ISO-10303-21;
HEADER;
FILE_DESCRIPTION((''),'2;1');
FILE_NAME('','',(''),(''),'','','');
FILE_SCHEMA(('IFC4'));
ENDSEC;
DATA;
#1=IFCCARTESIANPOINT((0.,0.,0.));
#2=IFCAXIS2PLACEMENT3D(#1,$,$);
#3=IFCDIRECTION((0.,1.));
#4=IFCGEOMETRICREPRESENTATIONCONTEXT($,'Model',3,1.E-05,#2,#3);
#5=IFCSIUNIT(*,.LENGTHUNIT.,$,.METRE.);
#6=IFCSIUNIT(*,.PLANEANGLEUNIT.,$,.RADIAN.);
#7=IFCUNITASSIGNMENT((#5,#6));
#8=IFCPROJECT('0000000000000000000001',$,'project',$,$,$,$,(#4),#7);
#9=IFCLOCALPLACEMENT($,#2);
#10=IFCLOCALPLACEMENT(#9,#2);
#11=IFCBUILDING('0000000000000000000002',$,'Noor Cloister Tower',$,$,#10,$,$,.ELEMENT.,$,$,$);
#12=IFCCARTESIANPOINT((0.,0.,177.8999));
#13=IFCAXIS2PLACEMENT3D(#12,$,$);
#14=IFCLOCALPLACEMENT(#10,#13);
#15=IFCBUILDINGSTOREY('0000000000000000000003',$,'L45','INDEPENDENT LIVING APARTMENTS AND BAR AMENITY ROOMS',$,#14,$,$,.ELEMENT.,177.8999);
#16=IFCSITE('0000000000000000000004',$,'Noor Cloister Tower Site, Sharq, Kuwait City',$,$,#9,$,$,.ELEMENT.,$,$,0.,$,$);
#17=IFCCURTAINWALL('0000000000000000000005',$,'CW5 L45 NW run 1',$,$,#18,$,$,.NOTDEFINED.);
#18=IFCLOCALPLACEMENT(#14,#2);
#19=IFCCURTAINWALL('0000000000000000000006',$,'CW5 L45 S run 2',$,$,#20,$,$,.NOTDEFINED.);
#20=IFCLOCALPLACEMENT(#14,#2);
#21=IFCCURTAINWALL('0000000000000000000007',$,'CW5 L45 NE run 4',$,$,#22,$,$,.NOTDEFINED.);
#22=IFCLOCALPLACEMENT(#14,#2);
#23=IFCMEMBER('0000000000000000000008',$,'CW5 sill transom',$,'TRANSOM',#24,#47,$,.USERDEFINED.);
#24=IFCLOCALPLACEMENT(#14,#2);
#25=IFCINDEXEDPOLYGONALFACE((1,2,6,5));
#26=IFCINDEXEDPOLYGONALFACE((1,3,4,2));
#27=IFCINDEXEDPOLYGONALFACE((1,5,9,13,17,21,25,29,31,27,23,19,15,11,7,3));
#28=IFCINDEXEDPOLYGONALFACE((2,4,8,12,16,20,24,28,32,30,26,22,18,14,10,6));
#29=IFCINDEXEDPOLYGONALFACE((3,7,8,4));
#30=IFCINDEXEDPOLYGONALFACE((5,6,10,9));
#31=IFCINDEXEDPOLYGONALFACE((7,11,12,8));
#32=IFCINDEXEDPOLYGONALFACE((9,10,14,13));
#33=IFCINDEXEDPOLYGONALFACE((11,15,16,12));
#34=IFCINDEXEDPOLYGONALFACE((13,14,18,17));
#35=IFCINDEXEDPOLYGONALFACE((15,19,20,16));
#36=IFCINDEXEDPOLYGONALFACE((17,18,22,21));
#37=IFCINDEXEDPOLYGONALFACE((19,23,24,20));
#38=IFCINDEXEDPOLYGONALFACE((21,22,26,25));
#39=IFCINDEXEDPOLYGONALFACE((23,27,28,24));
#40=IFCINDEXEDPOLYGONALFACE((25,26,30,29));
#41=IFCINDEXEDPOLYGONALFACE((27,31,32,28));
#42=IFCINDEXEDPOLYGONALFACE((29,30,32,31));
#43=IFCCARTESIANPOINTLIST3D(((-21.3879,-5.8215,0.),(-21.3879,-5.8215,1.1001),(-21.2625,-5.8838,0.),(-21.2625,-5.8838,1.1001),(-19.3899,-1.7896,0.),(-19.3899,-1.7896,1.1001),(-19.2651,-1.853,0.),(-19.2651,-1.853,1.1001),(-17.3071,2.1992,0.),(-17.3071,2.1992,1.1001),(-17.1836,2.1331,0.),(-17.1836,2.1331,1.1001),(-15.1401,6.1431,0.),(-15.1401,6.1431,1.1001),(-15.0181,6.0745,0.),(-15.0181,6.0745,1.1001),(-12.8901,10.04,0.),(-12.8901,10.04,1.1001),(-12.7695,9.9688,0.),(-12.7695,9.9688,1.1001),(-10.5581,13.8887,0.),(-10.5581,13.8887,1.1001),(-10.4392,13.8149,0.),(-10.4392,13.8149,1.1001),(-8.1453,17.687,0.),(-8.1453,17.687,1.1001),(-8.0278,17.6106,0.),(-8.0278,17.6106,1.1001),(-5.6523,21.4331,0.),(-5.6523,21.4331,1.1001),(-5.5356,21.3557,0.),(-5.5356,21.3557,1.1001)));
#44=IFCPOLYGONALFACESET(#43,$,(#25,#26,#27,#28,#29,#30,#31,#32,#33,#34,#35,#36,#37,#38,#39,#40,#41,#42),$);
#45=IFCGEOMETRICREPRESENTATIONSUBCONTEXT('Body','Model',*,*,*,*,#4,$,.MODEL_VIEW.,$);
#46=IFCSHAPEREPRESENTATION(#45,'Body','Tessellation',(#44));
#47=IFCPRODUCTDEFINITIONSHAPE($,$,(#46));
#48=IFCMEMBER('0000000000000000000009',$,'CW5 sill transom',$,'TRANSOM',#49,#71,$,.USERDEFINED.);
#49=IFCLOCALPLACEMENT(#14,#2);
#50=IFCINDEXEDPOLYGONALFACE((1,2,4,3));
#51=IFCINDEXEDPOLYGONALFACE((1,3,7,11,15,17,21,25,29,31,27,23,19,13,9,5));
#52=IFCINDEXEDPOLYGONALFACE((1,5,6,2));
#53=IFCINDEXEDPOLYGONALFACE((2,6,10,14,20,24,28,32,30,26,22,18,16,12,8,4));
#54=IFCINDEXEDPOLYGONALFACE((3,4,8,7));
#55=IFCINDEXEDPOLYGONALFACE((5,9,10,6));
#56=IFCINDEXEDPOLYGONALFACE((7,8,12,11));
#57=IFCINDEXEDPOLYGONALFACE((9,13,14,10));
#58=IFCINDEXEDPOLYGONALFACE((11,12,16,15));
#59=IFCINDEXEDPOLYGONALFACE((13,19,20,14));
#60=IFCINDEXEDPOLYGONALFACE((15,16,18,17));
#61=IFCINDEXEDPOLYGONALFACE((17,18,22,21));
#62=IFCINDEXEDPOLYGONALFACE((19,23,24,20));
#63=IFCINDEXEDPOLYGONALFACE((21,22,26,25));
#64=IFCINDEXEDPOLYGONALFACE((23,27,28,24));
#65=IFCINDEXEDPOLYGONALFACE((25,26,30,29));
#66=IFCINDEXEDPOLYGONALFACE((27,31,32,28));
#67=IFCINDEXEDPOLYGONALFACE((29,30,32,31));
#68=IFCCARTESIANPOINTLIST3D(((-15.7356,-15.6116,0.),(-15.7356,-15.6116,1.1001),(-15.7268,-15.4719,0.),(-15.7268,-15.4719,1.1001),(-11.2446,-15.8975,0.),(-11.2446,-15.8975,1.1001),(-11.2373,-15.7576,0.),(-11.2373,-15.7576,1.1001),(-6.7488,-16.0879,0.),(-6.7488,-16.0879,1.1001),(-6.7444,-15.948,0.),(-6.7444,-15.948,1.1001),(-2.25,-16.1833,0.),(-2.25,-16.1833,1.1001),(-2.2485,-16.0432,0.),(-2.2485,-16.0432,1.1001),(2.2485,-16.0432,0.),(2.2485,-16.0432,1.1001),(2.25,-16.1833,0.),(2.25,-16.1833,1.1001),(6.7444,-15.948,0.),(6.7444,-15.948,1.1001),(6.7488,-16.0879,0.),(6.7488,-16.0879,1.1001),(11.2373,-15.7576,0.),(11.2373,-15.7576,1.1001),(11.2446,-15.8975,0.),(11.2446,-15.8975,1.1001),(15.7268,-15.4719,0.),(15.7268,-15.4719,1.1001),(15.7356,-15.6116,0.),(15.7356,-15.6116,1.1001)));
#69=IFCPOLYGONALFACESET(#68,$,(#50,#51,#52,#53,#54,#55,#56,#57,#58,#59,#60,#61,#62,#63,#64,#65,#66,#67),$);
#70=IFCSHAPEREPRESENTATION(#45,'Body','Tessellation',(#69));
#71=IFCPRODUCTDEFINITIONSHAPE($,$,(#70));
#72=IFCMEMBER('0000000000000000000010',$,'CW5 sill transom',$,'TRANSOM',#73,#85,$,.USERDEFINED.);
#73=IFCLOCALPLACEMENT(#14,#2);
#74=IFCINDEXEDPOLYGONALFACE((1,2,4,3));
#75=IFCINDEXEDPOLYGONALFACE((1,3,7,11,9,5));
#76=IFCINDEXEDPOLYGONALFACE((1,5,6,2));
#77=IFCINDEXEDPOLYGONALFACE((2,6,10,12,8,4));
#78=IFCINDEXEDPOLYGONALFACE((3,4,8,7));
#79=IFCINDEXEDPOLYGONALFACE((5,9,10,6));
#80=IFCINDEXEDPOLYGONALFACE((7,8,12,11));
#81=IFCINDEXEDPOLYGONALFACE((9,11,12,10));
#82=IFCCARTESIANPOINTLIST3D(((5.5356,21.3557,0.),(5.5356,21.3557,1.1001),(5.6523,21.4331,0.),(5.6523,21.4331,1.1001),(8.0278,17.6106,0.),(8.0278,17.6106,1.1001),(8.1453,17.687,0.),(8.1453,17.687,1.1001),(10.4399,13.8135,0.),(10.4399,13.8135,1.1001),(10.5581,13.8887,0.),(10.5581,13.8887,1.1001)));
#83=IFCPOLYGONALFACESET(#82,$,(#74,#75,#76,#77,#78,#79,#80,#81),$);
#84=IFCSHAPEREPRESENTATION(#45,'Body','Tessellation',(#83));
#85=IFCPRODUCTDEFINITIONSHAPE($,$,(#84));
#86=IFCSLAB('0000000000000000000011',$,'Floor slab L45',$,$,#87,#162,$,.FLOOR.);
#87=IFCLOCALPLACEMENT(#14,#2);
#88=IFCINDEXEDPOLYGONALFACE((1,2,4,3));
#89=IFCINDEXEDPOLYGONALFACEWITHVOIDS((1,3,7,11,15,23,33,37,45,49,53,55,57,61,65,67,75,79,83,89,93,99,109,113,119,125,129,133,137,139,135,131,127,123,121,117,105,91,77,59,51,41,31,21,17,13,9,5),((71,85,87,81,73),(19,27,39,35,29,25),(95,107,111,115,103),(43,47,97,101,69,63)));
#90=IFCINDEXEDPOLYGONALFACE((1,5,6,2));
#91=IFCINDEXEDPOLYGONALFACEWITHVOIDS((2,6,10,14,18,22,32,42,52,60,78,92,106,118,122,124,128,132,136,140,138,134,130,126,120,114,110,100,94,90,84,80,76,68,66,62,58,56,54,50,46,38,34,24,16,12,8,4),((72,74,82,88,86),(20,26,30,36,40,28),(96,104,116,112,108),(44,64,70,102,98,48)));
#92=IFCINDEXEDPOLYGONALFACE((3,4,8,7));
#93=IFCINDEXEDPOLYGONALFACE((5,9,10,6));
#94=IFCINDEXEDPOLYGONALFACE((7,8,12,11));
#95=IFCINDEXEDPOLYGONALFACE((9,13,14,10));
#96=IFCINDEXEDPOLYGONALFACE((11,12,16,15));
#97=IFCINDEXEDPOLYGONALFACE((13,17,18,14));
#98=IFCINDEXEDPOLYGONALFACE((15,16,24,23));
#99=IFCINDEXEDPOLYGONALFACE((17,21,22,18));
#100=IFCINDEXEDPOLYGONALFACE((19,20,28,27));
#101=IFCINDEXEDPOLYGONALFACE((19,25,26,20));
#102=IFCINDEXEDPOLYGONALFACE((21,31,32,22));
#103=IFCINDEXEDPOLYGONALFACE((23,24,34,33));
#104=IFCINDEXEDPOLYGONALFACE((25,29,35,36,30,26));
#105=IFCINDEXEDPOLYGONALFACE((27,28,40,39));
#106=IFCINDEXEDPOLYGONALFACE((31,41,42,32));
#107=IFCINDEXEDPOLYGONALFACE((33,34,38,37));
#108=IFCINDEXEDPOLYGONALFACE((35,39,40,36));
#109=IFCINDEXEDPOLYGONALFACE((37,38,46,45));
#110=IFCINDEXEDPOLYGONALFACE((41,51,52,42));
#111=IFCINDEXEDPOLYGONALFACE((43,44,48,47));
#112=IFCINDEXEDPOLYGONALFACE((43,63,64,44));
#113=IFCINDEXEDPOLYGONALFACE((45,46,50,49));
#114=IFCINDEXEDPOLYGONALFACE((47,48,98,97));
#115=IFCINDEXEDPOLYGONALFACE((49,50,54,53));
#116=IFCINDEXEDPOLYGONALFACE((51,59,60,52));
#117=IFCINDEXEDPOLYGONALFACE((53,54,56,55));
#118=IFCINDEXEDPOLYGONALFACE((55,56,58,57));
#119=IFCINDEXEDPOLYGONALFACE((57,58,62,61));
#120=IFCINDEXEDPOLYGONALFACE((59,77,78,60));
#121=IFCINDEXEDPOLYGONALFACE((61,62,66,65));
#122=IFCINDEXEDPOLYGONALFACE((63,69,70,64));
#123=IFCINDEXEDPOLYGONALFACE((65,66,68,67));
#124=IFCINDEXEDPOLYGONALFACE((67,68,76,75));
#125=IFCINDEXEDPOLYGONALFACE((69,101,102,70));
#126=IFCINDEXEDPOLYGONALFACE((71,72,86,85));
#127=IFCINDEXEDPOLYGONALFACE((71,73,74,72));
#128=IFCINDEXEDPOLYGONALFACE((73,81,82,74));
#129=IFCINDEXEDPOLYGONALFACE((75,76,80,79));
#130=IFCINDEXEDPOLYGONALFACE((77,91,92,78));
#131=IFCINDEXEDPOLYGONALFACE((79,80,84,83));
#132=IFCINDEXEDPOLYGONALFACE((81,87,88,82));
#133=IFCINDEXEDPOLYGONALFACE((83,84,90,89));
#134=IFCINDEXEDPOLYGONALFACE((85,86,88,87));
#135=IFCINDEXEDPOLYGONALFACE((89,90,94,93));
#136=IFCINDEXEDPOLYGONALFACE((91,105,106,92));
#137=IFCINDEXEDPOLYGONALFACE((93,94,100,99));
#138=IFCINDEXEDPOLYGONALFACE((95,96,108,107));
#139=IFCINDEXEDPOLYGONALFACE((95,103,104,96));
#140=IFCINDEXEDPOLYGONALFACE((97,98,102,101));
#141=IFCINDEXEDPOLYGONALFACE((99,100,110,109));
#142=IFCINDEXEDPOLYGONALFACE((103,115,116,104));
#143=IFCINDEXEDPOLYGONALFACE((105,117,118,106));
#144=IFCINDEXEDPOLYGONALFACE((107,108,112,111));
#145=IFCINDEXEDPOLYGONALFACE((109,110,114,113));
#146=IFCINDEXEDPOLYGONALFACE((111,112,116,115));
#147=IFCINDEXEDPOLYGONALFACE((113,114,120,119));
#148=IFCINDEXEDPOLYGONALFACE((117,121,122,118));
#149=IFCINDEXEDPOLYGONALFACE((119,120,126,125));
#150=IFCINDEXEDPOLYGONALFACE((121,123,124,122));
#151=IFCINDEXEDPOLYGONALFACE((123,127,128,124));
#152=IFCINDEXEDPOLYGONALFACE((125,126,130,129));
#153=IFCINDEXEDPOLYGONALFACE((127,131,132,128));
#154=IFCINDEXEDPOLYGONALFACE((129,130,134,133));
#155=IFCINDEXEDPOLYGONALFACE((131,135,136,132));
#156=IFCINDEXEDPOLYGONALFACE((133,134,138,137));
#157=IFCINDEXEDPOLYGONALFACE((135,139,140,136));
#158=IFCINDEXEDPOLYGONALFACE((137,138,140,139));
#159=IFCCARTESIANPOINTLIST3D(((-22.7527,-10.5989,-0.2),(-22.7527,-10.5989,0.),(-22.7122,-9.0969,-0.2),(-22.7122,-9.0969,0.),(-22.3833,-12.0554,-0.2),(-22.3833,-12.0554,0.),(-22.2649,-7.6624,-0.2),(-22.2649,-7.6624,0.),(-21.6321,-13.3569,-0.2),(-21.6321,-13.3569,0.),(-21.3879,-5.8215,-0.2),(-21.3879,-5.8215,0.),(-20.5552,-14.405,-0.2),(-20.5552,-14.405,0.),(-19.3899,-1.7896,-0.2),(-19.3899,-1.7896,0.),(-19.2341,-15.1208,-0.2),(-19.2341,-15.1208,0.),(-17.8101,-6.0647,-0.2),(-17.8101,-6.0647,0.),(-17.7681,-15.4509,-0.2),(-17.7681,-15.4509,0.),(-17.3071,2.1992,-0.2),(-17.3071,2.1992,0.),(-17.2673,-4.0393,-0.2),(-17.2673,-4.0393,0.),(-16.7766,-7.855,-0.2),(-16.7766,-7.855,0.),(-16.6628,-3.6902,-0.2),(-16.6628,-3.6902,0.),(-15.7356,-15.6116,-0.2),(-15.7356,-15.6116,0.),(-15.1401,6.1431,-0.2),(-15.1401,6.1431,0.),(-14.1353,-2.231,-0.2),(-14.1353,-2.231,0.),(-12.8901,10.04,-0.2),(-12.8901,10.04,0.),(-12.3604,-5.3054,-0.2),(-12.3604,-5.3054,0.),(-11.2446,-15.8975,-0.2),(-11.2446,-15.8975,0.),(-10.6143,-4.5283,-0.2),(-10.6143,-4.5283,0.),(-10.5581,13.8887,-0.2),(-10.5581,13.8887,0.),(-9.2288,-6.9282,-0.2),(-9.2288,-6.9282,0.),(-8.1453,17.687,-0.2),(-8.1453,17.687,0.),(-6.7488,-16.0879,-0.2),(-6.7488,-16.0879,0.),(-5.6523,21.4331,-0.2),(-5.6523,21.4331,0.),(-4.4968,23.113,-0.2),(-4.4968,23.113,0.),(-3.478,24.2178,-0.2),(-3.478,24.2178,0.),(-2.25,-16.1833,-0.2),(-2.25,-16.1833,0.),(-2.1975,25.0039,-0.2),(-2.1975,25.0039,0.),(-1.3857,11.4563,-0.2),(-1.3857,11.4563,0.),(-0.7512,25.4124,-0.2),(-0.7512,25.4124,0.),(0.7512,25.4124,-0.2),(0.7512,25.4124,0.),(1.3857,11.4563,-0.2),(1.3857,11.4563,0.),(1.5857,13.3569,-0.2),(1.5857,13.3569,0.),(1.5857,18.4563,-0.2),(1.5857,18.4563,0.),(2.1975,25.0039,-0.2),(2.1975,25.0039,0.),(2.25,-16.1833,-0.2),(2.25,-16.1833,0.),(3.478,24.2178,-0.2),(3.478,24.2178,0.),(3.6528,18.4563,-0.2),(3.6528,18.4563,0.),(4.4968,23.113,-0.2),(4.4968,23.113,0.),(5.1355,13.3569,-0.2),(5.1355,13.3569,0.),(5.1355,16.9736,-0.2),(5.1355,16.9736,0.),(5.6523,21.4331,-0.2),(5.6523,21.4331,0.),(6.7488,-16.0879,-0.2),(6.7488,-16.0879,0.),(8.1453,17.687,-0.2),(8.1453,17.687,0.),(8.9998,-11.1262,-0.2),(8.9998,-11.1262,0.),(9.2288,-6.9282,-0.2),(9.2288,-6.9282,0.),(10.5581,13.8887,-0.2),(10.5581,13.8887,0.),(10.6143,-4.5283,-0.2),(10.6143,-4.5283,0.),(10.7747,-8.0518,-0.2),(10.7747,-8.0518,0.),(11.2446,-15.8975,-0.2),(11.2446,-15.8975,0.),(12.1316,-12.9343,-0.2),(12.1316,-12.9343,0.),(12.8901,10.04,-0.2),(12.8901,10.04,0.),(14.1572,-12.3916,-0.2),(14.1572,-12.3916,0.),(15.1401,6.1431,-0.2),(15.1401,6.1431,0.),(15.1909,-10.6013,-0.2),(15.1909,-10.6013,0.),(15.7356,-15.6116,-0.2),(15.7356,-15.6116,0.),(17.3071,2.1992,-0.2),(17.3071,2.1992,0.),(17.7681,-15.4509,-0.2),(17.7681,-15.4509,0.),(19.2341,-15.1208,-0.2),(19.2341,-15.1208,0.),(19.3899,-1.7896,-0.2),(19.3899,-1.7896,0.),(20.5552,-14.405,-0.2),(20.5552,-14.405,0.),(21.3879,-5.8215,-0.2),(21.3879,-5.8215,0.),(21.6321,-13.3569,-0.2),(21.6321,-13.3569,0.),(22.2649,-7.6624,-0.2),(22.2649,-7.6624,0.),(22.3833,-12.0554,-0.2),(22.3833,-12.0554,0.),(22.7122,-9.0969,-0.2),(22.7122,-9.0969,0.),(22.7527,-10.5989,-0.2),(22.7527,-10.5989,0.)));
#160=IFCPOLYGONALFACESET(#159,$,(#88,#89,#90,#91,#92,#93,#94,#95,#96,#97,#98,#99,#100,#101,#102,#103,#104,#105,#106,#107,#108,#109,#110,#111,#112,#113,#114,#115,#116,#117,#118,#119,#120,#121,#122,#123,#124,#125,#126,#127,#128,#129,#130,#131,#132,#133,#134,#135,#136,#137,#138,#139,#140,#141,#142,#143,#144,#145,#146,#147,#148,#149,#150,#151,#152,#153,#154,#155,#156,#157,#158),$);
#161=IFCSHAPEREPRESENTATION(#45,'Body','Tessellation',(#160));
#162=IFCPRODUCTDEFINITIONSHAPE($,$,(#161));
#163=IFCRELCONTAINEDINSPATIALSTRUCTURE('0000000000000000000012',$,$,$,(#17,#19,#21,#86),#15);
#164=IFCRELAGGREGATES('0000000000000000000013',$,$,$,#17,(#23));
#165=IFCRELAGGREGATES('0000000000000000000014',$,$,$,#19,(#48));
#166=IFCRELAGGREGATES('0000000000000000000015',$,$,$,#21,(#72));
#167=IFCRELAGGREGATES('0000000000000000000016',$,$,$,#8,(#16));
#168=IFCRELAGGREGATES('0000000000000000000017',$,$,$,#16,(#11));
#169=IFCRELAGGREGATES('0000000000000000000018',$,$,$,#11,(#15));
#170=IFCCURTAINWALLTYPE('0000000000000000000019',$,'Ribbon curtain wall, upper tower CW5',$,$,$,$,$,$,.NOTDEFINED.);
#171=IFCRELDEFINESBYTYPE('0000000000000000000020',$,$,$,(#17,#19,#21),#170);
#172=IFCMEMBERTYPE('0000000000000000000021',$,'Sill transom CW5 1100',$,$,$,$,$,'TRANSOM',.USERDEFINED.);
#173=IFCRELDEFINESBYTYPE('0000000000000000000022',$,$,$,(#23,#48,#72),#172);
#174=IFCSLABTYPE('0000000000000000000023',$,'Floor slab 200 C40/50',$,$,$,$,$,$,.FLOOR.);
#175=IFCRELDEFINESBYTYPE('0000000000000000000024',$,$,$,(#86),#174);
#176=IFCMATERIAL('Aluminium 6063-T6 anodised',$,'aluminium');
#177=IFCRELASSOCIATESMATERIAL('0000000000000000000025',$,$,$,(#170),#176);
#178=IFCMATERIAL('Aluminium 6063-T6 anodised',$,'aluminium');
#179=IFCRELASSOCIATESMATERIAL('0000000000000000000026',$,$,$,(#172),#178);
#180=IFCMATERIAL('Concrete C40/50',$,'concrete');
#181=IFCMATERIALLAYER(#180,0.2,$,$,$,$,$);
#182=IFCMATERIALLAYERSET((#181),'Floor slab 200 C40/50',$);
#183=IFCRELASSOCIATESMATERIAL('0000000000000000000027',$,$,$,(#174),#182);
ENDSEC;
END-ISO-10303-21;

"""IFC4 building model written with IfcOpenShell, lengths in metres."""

from ifc_helpers import new_model, si_unit, direction, frame, origin, place, context, subcontext, project, spatial, polyline, outline, extrude, material, layer, layer_set, type_object, element, aggregate, save


model = new_model("IFC4")

# Units and contexts
model_context = context("Model", 3, precision=1e-05, world=origin(), true_north=direction((0.0, 1.0)))
body_context = subcontext(model_context, "Body", "Model", "MODEL_VIEW")
ifc_project = project(units=[si_unit("LENGTHUNIT", "METRE"), si_unit("PLANEANGLEUNIT", "RADIAN")], contexts=[model_context])

# Site, building, storey
site_placement = place(None, origin())
site = spatial("IfcSite", under=ifc_project, at=site_placement, Name="Noor Cloister Tower Site, Sharq, Kuwait City", CompositionType="ELEMENT", RefElevation=0.0)
building_placement = place(site_placement, origin())
building = spatial("IfcBuilding", under=site, at=building_placement, Name="Noor Cloister Tower", CompositionType="ELEMENT")
storey_placement = place(building_placement, frame((0.0, 0.0, 177.8999)))
storey = spatial("IfcBuildingStorey", under=building, at=storey_placement, Name="L45", Description="INDEPENDENT LIVING APARTMENTS AND BAR AMENITY ROOMS", CompositionType="ELEMENT", Elevation=177.8999)

# Curtain walls
ifc_material_1 = material(Name="Aluminium 6063-T6 anodised", Category="aluminium")
curtain_wall_type_1 = type_object("IfcCurtainWallType", Name="Ribbon curtain wall, upper tower CW5", PredefinedType="NOTDEFINED", material=ifc_material_1)
curtain_wall_1_placement = place(storey_placement, origin())
curtain_wall_1 = element("IfcCurtainWall", 1, at=curtain_wall_1_placement, inside=storey, type_object=curtain_wall_type_1, Name="CW5 L45 NW run 1", PredefinedType="NOTDEFINED")
curtain_wall_2_placement = place(storey_placement, origin())
curtain_wall_2 = element("IfcCurtainWall", 2, at=curtain_wall_2_placement, inside=storey, type_object=curtain_wall_type_1, Name="CW5 L45 S run 2", PredefinedType="NOTDEFINED")
curtain_wall_3_placement = place(storey_placement, origin())
curtain_wall_3 = element("IfcCurtainWall", 3, at=curtain_wall_3_placement, inside=storey, type_object=curtain_wall_type_1, Name="CW5 L45 NE run 4", PredefinedType="NOTDEFINED")

# Members
ifc_material_2 = material(Name="Aluminium 6063-T6 anodised", Category="aluminium")
member_type_1 = type_object("IfcMemberType", Name="Sill transom CW5 1100", ElementType="TRANSOM", PredefinedType="USERDEFINED", material=ifc_material_2)
member_1_placement = place(storey_placement, origin())
member_1 = element("IfcMember", 4, at=member_1_placement, type_object=member_type_1, Name="CW5 sill transom", ObjectType="TRANSOM", PredefinedType="USERDEFINED", context=body_context, shape_type="SweptSolid", body=[
    extrude(outline(polyline([(-5.6523, 21.4331), (-8.1453, 17.687), (-10.5581, 13.8887), (-12.8901, 10.04), (-15.1401, 6.1431), (-17.3071, 2.1992), (-19.3899, -1.7896), (-21.3879, -5.8215), (-21.2625, -5.8838), (-19.2651, -1.853), (-17.1836, 2.1331), (-15.0181, 6.0745), (-12.7695, 9.9688), (-10.4392, 13.8149), (-8.0278, 17.6106), (-5.5356, 21.3557), (-5.6523, 21.4331)])), origin(), (0.0, 0.0, 1.0), 1.1001),
])
aggregate(curtain_wall_1, [member_1])
member_2_placement = place(storey_placement, origin())
member_2 = element("IfcMember", 5, at=member_2_placement, type_object=member_type_1, Name="CW5 sill transom", ObjectType="TRANSOM", PredefinedType="USERDEFINED", context=body_context, shape_type="SweptSolid", body=[
    extrude(outline(polyline([(-15.7356, -15.6116), (-11.2446, -15.8975), (-6.7488, -16.0879), (-2.25, -16.1833), (2.25, -16.1833), (6.7488, -16.0879), (11.2446, -15.8975), (15.7356, -15.6116), (15.7268, -15.4719), (11.2373, -15.7576), (6.7444, -15.948), (2.2485, -16.0432), (-2.2485, -16.0432), (-6.7444, -15.948), (-11.2373, -15.7576), (-15.7268, -15.4719), (-15.7356, -15.6116)])), origin(), (0.0, 0.0, 1.0), 1.1001),
])
aggregate(curtain_wall_2, [member_2])
member_3_placement = place(storey_placement, origin())
member_3 = element("IfcMember", 6, at=member_3_placement, type_object=member_type_1, Name="CW5 sill transom", ObjectType="TRANSOM", PredefinedType="USERDEFINED", context=body_context, shape_type="SweptSolid", body=[
    extrude(outline(polyline([(10.5581, 13.8887), (8.1453, 17.687), (5.6523, 21.4331), (5.5356, 21.3557), (8.0278, 17.6106), (10.4399, 13.8135), (10.5581, 13.8887)])), origin(), (0.0, 0.0, 1.0), 1.1001),
])
aggregate(curtain_wall_3, [member_3])

# Slab
ifc_material_3 = material(Name="Concrete C40/50", Category="concrete")
ifc_layer_1 = layer(ifc_material_3, 0.2)
ifc_layer_set_1 = layer_set([ifc_layer_1], Name="Floor slab 200 C40/50")
slab_type_1 = type_object("IfcSlabType", Name="Floor slab 200 C40/50", PredefinedType="FLOOR", material=ifc_layer_set_1)
slab_1_placement = place(storey_placement, frame((0.0, 0.0, -0.2)))
element("IfcSlab", 7, at=slab_1_placement, inside=storey, type_object=slab_type_1, Name="Floor slab L45", PredefinedType="FLOOR", context=body_context, shape_type="SweptSolid", body=[
    extrude(outline(polyline([(4.4968, 23.113), (3.478, 24.2178), (2.1975, 25.0039), (0.7512, 25.4124), (-0.7512, 25.4124), (-2.1975, 25.0039), (-3.478, 24.2178), (-4.4968, 23.113), (-5.6523, 21.4331), (-8.1453, 17.687), (-10.5581, 13.8887), (-12.8901, 10.04), (-15.1401, 6.1431), (-17.3071, 2.1992), (-19.3899, -1.7896), (-21.3879, -5.8215), (-22.2649, -7.6624), (-22.7122, -9.0969), (-22.7527, -10.5989), (-22.3833, -12.0554), (-21.6321, -13.3569), (-20.5552, -14.405), (-19.2341, -15.1208), (-17.7681, -15.4509), (-15.7356, -15.6116), (-11.2446, -15.8975), (-6.7488, -16.0879), (-2.25, -16.1833), (2.25, -16.1833), (6.7488, -16.0879), (11.2446, -15.8975), (15.7356, -15.6116), (17.7681, -15.4509), (19.2341, -15.1208), (20.5552, -14.405), (21.6321, -13.3569), (22.3833, -12.0554), (22.7527, -10.5989), (22.7122, -9.0969), (22.2649, -7.6624), (21.3879, -5.8215), (19.3899, -1.7896), (17.3071, 2.1992), (15.1401, 6.1431), (12.8901, 10.04), (10.5581, 13.8887), (8.1453, 17.687), (5.6523, 21.4331), (4.4968, 23.113)]), holes=[polyline([(8.9998, -11.1262), (12.1316, -12.9343), (14.1572, -12.3916), (15.1909, -10.6013), (10.7747, -8.0518), (8.9998, -11.1262)]), polyline([(-17.8101, -6.0647), (-16.7766, -7.855), (-12.3604, -5.3054), (-14.1353, -2.231), (-16.6628, -3.6902), (-17.2673, -4.0393), (-17.8101, -6.0647)]), polyline([(-10.6143, -4.5283), (-9.2288, -6.9282), (9.2288, -6.9282), (10.6143, -4.5283), (1.3857, 11.4563), (-1.3857, 11.4563), (-10.6143, -4.5283)]), polyline([(3.6528, 18.4563), (1.5857, 18.4563), (1.5857, 13.3569), (5.1355, 13.3569), (5.1355, 16.9736), (3.6528, 18.4563)])]), origin(), (0.0, 0.0, 1.0), 0.2),
])

save(model, "model.ifc")
